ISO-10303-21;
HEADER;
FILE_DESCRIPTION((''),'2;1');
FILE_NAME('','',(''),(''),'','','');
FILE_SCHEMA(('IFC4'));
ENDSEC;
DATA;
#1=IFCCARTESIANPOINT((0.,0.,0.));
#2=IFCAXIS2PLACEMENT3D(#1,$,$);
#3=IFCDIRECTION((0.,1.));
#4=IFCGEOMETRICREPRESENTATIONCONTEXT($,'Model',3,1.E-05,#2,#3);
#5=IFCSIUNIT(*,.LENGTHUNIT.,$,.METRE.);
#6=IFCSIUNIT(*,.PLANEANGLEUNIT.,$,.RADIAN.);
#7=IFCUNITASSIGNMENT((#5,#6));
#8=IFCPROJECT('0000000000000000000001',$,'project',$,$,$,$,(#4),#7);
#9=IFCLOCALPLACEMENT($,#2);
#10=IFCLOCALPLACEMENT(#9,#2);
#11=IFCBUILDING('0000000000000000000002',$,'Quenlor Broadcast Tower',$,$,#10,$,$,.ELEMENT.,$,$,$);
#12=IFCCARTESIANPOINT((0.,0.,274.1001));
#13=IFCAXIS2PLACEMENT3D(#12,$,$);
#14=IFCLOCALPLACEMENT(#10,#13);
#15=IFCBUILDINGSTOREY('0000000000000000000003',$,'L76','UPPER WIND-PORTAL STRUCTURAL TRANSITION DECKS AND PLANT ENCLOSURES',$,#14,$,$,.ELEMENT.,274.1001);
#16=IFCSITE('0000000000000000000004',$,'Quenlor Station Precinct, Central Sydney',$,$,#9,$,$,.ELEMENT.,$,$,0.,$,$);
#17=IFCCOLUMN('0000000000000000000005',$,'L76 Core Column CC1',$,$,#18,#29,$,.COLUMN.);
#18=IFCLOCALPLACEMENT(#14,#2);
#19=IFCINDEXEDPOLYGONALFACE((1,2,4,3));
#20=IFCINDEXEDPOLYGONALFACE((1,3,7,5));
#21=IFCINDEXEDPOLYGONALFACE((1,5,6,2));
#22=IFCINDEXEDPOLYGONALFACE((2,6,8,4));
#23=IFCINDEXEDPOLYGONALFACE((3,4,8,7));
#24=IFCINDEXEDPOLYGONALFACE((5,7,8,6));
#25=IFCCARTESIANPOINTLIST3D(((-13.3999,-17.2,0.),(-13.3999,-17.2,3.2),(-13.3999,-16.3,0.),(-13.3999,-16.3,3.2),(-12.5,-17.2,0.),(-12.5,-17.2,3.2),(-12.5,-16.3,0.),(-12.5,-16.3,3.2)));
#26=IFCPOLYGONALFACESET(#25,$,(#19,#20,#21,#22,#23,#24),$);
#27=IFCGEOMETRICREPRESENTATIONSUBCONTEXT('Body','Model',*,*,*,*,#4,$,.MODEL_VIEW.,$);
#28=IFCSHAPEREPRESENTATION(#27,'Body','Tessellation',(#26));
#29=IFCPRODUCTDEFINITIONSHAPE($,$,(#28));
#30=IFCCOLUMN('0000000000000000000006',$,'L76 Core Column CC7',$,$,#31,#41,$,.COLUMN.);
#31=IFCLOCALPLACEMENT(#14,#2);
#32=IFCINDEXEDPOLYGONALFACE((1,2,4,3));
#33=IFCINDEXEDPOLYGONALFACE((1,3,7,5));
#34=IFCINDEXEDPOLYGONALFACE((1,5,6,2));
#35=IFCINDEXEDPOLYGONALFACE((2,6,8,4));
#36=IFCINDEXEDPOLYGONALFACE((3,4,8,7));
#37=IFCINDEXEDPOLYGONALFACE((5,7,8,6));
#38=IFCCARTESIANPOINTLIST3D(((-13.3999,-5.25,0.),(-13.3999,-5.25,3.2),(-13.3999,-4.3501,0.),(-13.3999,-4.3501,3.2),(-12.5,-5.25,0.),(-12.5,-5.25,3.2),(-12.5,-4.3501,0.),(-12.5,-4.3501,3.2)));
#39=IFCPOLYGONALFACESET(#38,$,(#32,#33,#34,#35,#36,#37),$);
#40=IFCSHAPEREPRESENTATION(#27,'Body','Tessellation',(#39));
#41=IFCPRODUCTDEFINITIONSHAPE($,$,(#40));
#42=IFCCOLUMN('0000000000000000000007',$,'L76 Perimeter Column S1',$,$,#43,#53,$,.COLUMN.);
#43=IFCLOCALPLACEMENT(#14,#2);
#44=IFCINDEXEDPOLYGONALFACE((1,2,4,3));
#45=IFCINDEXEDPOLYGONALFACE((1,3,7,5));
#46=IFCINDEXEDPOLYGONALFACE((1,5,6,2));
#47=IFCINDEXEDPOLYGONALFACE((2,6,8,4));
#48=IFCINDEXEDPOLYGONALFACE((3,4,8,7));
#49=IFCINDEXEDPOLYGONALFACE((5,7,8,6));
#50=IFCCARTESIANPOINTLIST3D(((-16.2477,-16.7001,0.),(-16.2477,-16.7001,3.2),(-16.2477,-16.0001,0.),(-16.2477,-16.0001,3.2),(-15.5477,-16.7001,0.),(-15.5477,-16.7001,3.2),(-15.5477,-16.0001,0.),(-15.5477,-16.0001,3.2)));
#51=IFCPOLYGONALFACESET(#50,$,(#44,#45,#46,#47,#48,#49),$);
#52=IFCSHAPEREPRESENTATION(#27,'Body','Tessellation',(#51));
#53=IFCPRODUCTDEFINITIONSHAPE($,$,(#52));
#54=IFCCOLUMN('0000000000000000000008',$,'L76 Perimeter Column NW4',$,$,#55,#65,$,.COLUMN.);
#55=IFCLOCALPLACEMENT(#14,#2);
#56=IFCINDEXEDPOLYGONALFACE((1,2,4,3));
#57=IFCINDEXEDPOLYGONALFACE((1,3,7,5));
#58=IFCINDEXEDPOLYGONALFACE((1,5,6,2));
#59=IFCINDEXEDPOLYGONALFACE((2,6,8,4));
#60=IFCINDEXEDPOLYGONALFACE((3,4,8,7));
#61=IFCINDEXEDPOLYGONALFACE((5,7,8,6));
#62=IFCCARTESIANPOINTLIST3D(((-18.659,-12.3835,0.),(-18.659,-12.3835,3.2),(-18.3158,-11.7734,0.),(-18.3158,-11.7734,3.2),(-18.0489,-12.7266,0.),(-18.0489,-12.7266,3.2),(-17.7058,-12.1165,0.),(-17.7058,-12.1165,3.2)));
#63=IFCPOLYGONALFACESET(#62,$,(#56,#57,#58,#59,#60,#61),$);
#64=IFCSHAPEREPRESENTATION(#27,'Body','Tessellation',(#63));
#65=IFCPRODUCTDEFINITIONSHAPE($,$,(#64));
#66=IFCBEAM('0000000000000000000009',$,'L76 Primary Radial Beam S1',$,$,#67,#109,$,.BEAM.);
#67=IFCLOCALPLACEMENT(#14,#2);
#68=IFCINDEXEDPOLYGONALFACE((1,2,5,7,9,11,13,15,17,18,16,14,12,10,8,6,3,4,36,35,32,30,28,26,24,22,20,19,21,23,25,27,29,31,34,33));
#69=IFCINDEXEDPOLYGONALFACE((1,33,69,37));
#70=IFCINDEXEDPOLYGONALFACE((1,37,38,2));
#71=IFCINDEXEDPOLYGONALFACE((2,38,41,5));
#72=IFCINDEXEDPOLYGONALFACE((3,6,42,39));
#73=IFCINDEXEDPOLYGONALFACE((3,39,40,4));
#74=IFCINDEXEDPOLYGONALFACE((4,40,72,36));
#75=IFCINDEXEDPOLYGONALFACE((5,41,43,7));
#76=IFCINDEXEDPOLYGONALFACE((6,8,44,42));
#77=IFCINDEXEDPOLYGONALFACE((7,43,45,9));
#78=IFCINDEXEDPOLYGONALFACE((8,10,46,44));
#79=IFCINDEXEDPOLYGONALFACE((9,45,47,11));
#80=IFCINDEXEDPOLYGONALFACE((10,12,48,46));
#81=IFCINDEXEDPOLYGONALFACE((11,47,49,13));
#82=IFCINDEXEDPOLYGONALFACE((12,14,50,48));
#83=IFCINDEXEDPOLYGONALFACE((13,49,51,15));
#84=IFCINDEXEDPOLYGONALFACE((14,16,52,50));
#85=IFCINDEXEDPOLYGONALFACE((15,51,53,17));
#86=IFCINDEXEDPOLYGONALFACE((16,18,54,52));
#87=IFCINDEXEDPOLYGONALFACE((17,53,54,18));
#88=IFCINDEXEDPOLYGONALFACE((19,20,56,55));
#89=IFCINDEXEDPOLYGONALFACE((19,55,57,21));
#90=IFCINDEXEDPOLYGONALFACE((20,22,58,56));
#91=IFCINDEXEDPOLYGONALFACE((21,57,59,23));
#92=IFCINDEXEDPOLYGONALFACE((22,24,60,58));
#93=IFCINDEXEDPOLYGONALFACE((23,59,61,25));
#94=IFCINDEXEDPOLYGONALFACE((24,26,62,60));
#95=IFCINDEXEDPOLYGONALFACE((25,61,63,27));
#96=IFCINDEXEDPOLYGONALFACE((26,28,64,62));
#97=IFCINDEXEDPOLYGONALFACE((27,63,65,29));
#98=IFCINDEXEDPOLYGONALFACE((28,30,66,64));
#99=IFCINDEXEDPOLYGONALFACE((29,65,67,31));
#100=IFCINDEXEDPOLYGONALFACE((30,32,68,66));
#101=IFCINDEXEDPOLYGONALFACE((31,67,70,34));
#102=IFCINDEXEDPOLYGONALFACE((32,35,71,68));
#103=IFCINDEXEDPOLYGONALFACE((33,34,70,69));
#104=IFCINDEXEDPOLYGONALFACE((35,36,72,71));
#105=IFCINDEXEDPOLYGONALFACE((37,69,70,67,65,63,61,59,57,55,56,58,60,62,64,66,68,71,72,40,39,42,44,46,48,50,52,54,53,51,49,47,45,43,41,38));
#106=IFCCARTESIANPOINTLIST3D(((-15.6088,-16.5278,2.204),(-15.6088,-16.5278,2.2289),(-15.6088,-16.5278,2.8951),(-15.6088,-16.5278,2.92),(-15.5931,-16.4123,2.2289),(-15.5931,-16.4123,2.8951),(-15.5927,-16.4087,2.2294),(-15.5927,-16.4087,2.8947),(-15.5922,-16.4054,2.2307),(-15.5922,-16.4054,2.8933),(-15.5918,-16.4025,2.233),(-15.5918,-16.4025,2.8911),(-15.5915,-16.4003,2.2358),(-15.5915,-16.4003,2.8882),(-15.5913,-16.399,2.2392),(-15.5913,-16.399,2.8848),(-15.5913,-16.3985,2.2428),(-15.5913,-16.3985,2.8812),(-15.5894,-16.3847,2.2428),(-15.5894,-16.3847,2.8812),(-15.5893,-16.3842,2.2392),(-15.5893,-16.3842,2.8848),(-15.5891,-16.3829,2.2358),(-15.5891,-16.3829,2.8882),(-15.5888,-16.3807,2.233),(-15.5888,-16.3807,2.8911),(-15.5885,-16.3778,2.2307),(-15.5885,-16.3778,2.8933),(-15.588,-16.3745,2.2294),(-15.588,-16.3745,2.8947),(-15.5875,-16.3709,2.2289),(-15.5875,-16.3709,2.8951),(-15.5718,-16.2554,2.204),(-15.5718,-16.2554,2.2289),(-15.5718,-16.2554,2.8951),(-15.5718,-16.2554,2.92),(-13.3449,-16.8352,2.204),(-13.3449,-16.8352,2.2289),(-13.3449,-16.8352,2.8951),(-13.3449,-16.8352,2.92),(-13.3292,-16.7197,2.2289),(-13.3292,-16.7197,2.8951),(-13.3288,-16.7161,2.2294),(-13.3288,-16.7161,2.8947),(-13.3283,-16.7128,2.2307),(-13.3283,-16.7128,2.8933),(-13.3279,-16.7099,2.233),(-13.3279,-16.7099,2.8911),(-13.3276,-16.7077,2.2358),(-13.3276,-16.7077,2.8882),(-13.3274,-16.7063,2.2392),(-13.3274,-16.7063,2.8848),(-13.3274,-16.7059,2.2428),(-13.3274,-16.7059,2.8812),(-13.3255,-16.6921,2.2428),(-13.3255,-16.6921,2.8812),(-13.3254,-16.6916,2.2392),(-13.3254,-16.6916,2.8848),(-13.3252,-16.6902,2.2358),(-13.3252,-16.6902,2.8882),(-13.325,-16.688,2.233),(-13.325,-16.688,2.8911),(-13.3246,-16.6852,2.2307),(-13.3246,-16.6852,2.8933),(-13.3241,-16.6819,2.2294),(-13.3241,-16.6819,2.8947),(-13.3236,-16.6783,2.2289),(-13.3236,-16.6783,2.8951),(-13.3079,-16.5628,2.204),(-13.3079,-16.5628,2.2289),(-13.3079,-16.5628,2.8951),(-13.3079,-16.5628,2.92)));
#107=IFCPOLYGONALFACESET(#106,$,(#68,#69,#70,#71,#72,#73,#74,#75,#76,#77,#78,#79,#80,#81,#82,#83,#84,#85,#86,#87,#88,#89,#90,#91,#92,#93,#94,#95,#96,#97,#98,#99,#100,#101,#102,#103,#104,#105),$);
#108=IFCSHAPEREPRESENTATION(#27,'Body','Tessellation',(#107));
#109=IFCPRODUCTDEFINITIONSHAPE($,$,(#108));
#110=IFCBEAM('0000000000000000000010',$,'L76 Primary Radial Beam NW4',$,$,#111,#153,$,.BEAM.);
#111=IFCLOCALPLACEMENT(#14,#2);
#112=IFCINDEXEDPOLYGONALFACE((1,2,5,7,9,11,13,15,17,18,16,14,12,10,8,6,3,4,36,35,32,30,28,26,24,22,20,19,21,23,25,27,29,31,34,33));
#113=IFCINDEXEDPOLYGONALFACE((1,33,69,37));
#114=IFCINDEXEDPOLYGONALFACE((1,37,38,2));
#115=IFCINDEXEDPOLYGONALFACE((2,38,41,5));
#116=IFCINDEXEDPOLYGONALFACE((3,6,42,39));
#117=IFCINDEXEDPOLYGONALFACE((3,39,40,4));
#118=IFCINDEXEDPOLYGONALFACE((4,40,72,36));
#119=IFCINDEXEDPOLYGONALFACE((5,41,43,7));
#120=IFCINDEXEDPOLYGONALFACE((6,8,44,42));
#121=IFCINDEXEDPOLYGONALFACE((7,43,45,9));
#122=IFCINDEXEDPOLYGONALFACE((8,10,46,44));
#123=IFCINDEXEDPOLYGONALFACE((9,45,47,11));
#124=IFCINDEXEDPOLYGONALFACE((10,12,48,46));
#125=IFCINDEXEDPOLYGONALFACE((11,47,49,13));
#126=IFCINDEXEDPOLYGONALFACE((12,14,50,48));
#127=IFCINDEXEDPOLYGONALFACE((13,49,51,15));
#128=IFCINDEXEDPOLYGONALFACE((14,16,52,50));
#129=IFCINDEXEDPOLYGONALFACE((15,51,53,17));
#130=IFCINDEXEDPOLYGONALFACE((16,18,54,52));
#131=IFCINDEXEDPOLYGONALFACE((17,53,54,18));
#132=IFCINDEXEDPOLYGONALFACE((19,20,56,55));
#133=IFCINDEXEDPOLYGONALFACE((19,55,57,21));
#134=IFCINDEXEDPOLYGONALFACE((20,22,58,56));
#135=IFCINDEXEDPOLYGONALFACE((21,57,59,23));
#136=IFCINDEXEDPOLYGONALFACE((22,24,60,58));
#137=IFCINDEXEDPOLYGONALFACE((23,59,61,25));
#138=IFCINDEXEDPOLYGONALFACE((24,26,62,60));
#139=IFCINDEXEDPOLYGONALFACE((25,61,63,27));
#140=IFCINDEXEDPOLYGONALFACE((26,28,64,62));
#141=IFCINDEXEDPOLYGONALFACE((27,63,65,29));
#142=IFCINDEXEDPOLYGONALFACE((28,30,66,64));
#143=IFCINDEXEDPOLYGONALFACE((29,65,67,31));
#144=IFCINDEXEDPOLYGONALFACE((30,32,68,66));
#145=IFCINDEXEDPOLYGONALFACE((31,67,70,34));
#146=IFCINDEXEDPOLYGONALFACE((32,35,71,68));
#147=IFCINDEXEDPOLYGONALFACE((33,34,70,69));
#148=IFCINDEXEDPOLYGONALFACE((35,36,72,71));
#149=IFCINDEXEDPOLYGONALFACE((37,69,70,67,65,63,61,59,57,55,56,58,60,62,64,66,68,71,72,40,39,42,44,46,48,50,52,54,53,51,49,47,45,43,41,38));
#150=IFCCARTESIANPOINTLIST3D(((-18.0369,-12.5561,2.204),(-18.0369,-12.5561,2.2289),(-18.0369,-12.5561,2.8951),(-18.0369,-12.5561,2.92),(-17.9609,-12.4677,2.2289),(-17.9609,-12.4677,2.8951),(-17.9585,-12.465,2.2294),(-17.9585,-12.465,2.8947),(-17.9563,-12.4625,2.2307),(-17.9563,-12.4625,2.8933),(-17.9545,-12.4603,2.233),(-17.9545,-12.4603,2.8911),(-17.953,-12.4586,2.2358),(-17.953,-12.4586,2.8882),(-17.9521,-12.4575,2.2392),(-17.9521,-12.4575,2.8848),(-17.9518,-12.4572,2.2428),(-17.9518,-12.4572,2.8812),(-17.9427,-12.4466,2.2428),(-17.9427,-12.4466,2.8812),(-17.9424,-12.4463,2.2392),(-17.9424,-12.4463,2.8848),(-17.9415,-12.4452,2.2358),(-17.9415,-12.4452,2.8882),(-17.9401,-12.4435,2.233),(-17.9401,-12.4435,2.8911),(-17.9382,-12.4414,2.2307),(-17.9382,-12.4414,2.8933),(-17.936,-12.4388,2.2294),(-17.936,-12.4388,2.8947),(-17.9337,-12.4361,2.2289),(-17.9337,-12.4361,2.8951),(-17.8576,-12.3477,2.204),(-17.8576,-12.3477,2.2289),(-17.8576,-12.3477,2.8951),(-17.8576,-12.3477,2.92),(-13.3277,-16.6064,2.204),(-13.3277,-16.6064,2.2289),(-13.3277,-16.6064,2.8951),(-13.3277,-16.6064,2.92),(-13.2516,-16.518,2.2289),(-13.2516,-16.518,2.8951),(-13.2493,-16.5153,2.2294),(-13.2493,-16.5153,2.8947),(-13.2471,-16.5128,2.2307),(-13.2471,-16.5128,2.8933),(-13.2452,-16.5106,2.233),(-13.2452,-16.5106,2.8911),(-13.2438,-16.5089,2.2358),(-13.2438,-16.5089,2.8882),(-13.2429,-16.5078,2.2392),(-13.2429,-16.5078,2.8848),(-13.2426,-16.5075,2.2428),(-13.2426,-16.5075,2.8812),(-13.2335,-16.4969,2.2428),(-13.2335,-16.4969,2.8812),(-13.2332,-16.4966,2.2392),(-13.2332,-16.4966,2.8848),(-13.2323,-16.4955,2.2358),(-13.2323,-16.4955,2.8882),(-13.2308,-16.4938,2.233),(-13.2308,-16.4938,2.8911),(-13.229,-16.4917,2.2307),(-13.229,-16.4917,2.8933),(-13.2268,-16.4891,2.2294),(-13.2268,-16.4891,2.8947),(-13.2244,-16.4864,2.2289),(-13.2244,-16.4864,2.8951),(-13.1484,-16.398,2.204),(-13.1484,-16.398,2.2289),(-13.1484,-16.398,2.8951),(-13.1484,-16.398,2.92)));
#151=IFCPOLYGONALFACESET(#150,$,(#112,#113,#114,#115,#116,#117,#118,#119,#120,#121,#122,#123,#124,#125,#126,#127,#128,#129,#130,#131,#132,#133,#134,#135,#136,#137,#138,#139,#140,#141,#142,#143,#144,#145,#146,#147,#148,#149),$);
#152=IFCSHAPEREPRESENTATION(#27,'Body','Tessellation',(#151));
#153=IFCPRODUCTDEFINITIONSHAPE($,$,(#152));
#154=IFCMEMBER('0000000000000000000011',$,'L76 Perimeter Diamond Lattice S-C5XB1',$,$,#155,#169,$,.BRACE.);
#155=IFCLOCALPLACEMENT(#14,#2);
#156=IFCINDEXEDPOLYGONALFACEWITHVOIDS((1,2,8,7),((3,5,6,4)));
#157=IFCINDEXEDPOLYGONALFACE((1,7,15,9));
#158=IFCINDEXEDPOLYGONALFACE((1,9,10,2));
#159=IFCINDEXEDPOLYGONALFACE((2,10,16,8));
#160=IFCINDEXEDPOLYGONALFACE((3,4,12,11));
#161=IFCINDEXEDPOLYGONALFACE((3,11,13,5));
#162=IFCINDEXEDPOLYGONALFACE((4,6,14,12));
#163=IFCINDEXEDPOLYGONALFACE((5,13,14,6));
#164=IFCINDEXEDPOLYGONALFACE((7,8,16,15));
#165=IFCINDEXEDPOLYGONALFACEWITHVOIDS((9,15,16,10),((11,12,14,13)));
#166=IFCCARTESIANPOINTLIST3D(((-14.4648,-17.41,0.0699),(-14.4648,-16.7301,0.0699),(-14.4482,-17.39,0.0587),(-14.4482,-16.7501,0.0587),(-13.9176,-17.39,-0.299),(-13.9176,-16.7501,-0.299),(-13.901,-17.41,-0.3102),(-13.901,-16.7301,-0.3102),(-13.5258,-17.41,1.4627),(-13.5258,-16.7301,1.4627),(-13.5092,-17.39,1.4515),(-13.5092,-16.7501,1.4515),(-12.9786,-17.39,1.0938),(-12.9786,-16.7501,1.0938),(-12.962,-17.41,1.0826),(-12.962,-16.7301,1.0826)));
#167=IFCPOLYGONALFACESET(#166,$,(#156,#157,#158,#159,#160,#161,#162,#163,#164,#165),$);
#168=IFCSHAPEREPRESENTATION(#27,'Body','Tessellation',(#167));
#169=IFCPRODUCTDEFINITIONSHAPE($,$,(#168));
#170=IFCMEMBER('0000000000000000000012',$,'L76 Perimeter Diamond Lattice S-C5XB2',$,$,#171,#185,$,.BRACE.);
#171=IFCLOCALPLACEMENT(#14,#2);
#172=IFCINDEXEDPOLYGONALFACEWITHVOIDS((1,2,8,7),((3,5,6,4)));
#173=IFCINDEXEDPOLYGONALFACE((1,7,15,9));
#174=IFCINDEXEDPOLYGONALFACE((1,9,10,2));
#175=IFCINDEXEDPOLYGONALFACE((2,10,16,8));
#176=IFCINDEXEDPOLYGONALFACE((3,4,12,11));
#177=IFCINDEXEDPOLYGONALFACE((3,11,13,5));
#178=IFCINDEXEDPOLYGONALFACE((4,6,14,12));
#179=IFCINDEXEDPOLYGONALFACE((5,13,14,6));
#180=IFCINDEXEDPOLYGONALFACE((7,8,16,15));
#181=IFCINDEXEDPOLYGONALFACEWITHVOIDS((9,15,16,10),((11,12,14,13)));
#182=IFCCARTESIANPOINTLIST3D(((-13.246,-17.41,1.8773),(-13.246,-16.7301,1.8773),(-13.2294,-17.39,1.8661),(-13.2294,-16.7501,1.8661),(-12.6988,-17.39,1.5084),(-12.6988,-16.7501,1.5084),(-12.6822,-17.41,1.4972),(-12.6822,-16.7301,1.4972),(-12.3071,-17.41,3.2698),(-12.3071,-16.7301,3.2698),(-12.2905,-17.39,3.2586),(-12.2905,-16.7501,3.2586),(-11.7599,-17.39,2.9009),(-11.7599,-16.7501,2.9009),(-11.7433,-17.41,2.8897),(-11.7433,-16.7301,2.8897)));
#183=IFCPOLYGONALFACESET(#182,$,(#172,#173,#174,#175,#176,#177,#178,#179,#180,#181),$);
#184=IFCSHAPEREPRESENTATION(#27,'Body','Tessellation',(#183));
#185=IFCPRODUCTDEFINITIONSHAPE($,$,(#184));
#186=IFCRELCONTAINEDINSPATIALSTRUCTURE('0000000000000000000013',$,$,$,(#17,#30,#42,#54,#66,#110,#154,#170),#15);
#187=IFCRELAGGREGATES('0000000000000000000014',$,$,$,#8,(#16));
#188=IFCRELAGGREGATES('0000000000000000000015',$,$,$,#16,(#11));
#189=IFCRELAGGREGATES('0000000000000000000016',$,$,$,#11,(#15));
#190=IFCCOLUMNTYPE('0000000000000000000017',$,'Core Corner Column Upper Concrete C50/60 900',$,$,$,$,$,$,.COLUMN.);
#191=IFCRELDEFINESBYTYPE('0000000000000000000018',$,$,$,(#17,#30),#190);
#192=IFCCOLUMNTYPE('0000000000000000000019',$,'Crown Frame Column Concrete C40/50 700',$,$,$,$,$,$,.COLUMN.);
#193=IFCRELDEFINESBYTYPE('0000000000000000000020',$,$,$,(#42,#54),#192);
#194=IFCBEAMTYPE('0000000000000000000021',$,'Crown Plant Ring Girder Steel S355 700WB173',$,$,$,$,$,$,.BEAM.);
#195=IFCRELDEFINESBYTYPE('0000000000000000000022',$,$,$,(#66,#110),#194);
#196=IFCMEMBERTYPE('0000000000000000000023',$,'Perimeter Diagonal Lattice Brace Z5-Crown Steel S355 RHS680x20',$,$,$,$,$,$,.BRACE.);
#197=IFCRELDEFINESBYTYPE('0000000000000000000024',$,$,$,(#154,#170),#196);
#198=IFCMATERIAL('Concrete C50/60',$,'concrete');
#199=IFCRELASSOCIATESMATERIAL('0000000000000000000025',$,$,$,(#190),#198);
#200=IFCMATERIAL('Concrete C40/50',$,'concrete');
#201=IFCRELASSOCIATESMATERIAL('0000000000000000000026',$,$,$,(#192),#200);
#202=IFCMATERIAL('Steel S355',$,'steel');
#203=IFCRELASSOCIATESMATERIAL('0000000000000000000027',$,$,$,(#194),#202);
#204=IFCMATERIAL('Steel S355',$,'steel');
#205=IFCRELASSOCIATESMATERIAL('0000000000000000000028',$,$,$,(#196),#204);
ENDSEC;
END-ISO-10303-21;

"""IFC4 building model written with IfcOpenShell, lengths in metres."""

from ifc_helpers import new_model, si_unit, direction, frame, origin, origin_2d, place, context, subcontext, project, spatial, rectangle, hollow_rectangle, i_section, extrude, material, material_profile, profile_set, type_object, element, save


model = new_model("IFC4")

# Units and contexts
model_context = context("Model", 3, precision=1e-05, world=origin(), true_north=direction((0.0, 1.0)))
body_context = subcontext(model_context, "Body", "Model", "MODEL_VIEW")
ifc_project = project(units=[si_unit("LENGTHUNIT", "METRE"), si_unit("PLANEANGLEUNIT", "RADIAN")], contexts=[model_context])

# Site, building, storey
site_placement = place(None, origin())
site = spatial("IfcSite", under=ifc_project, at=site_placement, Name="Quenlor Station Precinct, Central Sydney", CompositionType="ELEMENT", RefElevation=0.0)
building_placement = place(site_placement, origin())
building = spatial("IfcBuilding", under=site, at=building_placement, Name="Quenlor Broadcast Tower", CompositionType="ELEMENT")
storey_placement = place(building_placement, frame((0.0, 0.0, 274.1001)))
storey = spatial("IfcBuildingStorey", under=building, at=storey_placement, Name="L76", Description="UPPER WIND-PORTAL STRUCTURAL TRANSITION DECKS AND PLANT ENCLOSURES", CompositionType="ELEMENT", Elevation=274.1001)

# Columns
ifc_material_1 = material(Name="Concrete C50/60", Category="concrete")
ifc_material_profile_1 = material_profile(ifc_material_1, rectangle(XDim=0.8999, YDim=0.8999, at=origin_2d()))
ifc_profile_set_1 = profile_set([ifc_material_profile_1], Name="Concrete C50/60 RC900x900")
column_type_1 = type_object("IfcColumnType", Name="Core Corner Column Upper Concrete C50/60 900", PredefinedType="COLUMN", material=ifc_profile_set_1)
for number, where, z_axis, x_axis, name in (
    (1, (-12.95, -16.75, 0.0), (0.0, 0.0, 1.0), (1.0, 0.0, 0.0), "L76 Core Column CC1"),
    (2, (-12.95, -4.8, 0.0), (0.0, 0.0, 1.0), (1.0, 0.0, 0.0), "L76 Core Column CC7"),
):
    element("IfcColumn", number, at=place(storey_placement, frame(where, z_axis=z_axis, x_axis=x_axis)), inside=storey, type_object=column_type_1, Name=name, PredefinedType="COLUMN", context=body_context, shape_type="SweptSolid", body=[
        extrude(rectangle(XDim=0.8999, YDim=0.8999, at=origin_2d()), origin(), (0.0, 0.0, 1.0), 3.2),
    ])
ifc_material_2 = material(Name="Concrete C40/50", Category="concrete")
ifc_material_profile_2 = material_profile(ifc_material_2, rectangle(XDim=0.7, YDim=0.7, at=origin_2d()))
ifc_profile_set_2 = profile_set([ifc_material_profile_2], Name="Concrete C40/50 RC700x700")
column_type_2 = type_object("IfcColumnType", Name="Crown Frame Column Concrete C40/50 700", PredefinedType="COLUMN", material=ifc_profile_set_2)
for number, where, z_axis, x_axis, name in (
    (3, (-15.8977, -16.3501, 0.0), (0.0, 0.0, 1.0), (0.0, 1.0, 0.0), "L76 Perimeter Column S1"),
    (4, (-18.1824, -12.25, 0.0), (0.0, 0.0, 1.0), (-0.871575, 0.490262, 0.0), "L76 Perimeter Column NW4"),
):
    element("IfcColumn", number, at=place(storey_placement, frame(where, z_axis=z_axis, x_axis=x_axis)), inside=storey, type_object=column_type_2, Name=name, PredefinedType="COLUMN", context=body_context, shape_type="SweptSolid", body=[
        extrude(rectangle(XDim=0.7, YDim=0.7, at=origin_2d()), origin(), (0.0, 0.0, 1.0), 3.2),
    ])

# Beams
ifc_material_3 = material(Name="Steel S355", Category="steel")
ifc_material_profile_3 = material_profile(ifc_material_3, i_section(OverallWidth=0.2749, OverallDepth=0.7161, WebThickness=0.0139, FlangeThickness=0.0249, FilletRadius=0.0139, at=origin_2d()))
ifc_profile_set_3 = profile_set([ifc_material_profile_3], Name="Steel S355 700WB173")
beam_type_1 = type_object("IfcBeamType", Name="Crown Plant Ring Girder Steel S355 700WB173", PredefinedType="BEAM", material=ifc_profile_set_3)
beam_1_placement = place(storey_placement, frame((-15.5903, -16.3916, 2.562), z_axis=(0.990909, -0.134536, 0.0), x_axis=(0.134536, 0.990909, 0.0)))
element("IfcBeam", 5, at=beam_1_placement, inside=storey, type_object=beam_type_1, Name="L76 Primary Radial Beam S1", PredefinedType="BEAM", context=body_context, shape_type="SweptSolid", body=[
    extrude(i_section(OverallWidth=0.2749, OverallDepth=0.7161, WebThickness=0.0139, FlangeThickness=0.0249, FilletRadius=0.0139, at=origin_2d()), origin(), (0.0, 0.0, 1.0), 2.2847),
])
beam_2_placement = place(storey_placement, frame((-17.9473, -12.4519, 2.562), z_axis=(0.758157, -0.652072, 0.0), x_axis=(0.652072, 0.758157, 0.0)))
element("IfcBeam", 6, at=beam_2_placement, inside=storey, type_object=beam_type_1, Name="L76 Primary Radial Beam NW4", PredefinedType="BEAM", context=body_context, shape_type="SweptSolid", body=[
    extrude(i_section(OverallWidth=0.2749, OverallDepth=0.7161, WebThickness=0.0139, FlangeThickness=0.0249, FilletRadius=0.0139, at=origin_2d()), origin(), (0.0, 0.0, 1.0), 6.2114),
])

# Members
ifc_material_4 = material(Name="Steel S355", Category="steel")
ifc_material_profile_4 = material_profile(ifc_material_4, hollow_rectangle(XDim=0.6799, YDim=0.6799, WallThickness=0.02, at=origin_2d()))
ifc_profile_set_4 = profile_set([ifc_material_profile_4], Name="Steel S355 RHS680x680x20")
member_type = type_object("IfcMemberType", Name="Perimeter Diagonal Lattice Brace Z5-Crown Steel S355 RHS680x20", PredefinedType="BRACE", material=ifc_profile_set_4)
member_1_placement = place(storey_placement, frame((-14.1829, -17.0701, -0.1201), z_axis=(0.558986, 0.0, 0.829177), x_axis=(0.0, 1.0, 0.0)))
element("IfcMember", 7, at=member_1_placement, inside=storey, type_object=member_type, Name="L76 Perimeter Diamond Lattice S-C5XB1", PredefinedType="BRACE", context=body_context, shape_type="SweptSolid", body=[
    extrude(hollow_rectangle(XDim=0.6799, YDim=0.6799, WallThickness=0.02, at=origin_2d()), origin(), (0.0, 0.0, 1.0), 1.6797),
])
member_2_placement = place(storey_placement, frame((-12.9641, -17.0701, 1.6873), z_axis=(0.559053, 0.0, 0.829132), x_axis=(0.0, 1.0, 0.0)))
element("IfcMember", 8, at=member_2_placement, inside=storey, type_object=member_type, Name="L76 Perimeter Diamond Lattice S-C5XB2", PredefinedType="BRACE", context=body_context, shape_type="SweptSolid", body=[
    extrude(hollow_rectangle(XDim=0.6799, YDim=0.6799, WallThickness=0.02, at=origin_2d()), origin(), (0.0, 0.0, 1.0), 1.6794),
])

save(model, "model.ifc")
